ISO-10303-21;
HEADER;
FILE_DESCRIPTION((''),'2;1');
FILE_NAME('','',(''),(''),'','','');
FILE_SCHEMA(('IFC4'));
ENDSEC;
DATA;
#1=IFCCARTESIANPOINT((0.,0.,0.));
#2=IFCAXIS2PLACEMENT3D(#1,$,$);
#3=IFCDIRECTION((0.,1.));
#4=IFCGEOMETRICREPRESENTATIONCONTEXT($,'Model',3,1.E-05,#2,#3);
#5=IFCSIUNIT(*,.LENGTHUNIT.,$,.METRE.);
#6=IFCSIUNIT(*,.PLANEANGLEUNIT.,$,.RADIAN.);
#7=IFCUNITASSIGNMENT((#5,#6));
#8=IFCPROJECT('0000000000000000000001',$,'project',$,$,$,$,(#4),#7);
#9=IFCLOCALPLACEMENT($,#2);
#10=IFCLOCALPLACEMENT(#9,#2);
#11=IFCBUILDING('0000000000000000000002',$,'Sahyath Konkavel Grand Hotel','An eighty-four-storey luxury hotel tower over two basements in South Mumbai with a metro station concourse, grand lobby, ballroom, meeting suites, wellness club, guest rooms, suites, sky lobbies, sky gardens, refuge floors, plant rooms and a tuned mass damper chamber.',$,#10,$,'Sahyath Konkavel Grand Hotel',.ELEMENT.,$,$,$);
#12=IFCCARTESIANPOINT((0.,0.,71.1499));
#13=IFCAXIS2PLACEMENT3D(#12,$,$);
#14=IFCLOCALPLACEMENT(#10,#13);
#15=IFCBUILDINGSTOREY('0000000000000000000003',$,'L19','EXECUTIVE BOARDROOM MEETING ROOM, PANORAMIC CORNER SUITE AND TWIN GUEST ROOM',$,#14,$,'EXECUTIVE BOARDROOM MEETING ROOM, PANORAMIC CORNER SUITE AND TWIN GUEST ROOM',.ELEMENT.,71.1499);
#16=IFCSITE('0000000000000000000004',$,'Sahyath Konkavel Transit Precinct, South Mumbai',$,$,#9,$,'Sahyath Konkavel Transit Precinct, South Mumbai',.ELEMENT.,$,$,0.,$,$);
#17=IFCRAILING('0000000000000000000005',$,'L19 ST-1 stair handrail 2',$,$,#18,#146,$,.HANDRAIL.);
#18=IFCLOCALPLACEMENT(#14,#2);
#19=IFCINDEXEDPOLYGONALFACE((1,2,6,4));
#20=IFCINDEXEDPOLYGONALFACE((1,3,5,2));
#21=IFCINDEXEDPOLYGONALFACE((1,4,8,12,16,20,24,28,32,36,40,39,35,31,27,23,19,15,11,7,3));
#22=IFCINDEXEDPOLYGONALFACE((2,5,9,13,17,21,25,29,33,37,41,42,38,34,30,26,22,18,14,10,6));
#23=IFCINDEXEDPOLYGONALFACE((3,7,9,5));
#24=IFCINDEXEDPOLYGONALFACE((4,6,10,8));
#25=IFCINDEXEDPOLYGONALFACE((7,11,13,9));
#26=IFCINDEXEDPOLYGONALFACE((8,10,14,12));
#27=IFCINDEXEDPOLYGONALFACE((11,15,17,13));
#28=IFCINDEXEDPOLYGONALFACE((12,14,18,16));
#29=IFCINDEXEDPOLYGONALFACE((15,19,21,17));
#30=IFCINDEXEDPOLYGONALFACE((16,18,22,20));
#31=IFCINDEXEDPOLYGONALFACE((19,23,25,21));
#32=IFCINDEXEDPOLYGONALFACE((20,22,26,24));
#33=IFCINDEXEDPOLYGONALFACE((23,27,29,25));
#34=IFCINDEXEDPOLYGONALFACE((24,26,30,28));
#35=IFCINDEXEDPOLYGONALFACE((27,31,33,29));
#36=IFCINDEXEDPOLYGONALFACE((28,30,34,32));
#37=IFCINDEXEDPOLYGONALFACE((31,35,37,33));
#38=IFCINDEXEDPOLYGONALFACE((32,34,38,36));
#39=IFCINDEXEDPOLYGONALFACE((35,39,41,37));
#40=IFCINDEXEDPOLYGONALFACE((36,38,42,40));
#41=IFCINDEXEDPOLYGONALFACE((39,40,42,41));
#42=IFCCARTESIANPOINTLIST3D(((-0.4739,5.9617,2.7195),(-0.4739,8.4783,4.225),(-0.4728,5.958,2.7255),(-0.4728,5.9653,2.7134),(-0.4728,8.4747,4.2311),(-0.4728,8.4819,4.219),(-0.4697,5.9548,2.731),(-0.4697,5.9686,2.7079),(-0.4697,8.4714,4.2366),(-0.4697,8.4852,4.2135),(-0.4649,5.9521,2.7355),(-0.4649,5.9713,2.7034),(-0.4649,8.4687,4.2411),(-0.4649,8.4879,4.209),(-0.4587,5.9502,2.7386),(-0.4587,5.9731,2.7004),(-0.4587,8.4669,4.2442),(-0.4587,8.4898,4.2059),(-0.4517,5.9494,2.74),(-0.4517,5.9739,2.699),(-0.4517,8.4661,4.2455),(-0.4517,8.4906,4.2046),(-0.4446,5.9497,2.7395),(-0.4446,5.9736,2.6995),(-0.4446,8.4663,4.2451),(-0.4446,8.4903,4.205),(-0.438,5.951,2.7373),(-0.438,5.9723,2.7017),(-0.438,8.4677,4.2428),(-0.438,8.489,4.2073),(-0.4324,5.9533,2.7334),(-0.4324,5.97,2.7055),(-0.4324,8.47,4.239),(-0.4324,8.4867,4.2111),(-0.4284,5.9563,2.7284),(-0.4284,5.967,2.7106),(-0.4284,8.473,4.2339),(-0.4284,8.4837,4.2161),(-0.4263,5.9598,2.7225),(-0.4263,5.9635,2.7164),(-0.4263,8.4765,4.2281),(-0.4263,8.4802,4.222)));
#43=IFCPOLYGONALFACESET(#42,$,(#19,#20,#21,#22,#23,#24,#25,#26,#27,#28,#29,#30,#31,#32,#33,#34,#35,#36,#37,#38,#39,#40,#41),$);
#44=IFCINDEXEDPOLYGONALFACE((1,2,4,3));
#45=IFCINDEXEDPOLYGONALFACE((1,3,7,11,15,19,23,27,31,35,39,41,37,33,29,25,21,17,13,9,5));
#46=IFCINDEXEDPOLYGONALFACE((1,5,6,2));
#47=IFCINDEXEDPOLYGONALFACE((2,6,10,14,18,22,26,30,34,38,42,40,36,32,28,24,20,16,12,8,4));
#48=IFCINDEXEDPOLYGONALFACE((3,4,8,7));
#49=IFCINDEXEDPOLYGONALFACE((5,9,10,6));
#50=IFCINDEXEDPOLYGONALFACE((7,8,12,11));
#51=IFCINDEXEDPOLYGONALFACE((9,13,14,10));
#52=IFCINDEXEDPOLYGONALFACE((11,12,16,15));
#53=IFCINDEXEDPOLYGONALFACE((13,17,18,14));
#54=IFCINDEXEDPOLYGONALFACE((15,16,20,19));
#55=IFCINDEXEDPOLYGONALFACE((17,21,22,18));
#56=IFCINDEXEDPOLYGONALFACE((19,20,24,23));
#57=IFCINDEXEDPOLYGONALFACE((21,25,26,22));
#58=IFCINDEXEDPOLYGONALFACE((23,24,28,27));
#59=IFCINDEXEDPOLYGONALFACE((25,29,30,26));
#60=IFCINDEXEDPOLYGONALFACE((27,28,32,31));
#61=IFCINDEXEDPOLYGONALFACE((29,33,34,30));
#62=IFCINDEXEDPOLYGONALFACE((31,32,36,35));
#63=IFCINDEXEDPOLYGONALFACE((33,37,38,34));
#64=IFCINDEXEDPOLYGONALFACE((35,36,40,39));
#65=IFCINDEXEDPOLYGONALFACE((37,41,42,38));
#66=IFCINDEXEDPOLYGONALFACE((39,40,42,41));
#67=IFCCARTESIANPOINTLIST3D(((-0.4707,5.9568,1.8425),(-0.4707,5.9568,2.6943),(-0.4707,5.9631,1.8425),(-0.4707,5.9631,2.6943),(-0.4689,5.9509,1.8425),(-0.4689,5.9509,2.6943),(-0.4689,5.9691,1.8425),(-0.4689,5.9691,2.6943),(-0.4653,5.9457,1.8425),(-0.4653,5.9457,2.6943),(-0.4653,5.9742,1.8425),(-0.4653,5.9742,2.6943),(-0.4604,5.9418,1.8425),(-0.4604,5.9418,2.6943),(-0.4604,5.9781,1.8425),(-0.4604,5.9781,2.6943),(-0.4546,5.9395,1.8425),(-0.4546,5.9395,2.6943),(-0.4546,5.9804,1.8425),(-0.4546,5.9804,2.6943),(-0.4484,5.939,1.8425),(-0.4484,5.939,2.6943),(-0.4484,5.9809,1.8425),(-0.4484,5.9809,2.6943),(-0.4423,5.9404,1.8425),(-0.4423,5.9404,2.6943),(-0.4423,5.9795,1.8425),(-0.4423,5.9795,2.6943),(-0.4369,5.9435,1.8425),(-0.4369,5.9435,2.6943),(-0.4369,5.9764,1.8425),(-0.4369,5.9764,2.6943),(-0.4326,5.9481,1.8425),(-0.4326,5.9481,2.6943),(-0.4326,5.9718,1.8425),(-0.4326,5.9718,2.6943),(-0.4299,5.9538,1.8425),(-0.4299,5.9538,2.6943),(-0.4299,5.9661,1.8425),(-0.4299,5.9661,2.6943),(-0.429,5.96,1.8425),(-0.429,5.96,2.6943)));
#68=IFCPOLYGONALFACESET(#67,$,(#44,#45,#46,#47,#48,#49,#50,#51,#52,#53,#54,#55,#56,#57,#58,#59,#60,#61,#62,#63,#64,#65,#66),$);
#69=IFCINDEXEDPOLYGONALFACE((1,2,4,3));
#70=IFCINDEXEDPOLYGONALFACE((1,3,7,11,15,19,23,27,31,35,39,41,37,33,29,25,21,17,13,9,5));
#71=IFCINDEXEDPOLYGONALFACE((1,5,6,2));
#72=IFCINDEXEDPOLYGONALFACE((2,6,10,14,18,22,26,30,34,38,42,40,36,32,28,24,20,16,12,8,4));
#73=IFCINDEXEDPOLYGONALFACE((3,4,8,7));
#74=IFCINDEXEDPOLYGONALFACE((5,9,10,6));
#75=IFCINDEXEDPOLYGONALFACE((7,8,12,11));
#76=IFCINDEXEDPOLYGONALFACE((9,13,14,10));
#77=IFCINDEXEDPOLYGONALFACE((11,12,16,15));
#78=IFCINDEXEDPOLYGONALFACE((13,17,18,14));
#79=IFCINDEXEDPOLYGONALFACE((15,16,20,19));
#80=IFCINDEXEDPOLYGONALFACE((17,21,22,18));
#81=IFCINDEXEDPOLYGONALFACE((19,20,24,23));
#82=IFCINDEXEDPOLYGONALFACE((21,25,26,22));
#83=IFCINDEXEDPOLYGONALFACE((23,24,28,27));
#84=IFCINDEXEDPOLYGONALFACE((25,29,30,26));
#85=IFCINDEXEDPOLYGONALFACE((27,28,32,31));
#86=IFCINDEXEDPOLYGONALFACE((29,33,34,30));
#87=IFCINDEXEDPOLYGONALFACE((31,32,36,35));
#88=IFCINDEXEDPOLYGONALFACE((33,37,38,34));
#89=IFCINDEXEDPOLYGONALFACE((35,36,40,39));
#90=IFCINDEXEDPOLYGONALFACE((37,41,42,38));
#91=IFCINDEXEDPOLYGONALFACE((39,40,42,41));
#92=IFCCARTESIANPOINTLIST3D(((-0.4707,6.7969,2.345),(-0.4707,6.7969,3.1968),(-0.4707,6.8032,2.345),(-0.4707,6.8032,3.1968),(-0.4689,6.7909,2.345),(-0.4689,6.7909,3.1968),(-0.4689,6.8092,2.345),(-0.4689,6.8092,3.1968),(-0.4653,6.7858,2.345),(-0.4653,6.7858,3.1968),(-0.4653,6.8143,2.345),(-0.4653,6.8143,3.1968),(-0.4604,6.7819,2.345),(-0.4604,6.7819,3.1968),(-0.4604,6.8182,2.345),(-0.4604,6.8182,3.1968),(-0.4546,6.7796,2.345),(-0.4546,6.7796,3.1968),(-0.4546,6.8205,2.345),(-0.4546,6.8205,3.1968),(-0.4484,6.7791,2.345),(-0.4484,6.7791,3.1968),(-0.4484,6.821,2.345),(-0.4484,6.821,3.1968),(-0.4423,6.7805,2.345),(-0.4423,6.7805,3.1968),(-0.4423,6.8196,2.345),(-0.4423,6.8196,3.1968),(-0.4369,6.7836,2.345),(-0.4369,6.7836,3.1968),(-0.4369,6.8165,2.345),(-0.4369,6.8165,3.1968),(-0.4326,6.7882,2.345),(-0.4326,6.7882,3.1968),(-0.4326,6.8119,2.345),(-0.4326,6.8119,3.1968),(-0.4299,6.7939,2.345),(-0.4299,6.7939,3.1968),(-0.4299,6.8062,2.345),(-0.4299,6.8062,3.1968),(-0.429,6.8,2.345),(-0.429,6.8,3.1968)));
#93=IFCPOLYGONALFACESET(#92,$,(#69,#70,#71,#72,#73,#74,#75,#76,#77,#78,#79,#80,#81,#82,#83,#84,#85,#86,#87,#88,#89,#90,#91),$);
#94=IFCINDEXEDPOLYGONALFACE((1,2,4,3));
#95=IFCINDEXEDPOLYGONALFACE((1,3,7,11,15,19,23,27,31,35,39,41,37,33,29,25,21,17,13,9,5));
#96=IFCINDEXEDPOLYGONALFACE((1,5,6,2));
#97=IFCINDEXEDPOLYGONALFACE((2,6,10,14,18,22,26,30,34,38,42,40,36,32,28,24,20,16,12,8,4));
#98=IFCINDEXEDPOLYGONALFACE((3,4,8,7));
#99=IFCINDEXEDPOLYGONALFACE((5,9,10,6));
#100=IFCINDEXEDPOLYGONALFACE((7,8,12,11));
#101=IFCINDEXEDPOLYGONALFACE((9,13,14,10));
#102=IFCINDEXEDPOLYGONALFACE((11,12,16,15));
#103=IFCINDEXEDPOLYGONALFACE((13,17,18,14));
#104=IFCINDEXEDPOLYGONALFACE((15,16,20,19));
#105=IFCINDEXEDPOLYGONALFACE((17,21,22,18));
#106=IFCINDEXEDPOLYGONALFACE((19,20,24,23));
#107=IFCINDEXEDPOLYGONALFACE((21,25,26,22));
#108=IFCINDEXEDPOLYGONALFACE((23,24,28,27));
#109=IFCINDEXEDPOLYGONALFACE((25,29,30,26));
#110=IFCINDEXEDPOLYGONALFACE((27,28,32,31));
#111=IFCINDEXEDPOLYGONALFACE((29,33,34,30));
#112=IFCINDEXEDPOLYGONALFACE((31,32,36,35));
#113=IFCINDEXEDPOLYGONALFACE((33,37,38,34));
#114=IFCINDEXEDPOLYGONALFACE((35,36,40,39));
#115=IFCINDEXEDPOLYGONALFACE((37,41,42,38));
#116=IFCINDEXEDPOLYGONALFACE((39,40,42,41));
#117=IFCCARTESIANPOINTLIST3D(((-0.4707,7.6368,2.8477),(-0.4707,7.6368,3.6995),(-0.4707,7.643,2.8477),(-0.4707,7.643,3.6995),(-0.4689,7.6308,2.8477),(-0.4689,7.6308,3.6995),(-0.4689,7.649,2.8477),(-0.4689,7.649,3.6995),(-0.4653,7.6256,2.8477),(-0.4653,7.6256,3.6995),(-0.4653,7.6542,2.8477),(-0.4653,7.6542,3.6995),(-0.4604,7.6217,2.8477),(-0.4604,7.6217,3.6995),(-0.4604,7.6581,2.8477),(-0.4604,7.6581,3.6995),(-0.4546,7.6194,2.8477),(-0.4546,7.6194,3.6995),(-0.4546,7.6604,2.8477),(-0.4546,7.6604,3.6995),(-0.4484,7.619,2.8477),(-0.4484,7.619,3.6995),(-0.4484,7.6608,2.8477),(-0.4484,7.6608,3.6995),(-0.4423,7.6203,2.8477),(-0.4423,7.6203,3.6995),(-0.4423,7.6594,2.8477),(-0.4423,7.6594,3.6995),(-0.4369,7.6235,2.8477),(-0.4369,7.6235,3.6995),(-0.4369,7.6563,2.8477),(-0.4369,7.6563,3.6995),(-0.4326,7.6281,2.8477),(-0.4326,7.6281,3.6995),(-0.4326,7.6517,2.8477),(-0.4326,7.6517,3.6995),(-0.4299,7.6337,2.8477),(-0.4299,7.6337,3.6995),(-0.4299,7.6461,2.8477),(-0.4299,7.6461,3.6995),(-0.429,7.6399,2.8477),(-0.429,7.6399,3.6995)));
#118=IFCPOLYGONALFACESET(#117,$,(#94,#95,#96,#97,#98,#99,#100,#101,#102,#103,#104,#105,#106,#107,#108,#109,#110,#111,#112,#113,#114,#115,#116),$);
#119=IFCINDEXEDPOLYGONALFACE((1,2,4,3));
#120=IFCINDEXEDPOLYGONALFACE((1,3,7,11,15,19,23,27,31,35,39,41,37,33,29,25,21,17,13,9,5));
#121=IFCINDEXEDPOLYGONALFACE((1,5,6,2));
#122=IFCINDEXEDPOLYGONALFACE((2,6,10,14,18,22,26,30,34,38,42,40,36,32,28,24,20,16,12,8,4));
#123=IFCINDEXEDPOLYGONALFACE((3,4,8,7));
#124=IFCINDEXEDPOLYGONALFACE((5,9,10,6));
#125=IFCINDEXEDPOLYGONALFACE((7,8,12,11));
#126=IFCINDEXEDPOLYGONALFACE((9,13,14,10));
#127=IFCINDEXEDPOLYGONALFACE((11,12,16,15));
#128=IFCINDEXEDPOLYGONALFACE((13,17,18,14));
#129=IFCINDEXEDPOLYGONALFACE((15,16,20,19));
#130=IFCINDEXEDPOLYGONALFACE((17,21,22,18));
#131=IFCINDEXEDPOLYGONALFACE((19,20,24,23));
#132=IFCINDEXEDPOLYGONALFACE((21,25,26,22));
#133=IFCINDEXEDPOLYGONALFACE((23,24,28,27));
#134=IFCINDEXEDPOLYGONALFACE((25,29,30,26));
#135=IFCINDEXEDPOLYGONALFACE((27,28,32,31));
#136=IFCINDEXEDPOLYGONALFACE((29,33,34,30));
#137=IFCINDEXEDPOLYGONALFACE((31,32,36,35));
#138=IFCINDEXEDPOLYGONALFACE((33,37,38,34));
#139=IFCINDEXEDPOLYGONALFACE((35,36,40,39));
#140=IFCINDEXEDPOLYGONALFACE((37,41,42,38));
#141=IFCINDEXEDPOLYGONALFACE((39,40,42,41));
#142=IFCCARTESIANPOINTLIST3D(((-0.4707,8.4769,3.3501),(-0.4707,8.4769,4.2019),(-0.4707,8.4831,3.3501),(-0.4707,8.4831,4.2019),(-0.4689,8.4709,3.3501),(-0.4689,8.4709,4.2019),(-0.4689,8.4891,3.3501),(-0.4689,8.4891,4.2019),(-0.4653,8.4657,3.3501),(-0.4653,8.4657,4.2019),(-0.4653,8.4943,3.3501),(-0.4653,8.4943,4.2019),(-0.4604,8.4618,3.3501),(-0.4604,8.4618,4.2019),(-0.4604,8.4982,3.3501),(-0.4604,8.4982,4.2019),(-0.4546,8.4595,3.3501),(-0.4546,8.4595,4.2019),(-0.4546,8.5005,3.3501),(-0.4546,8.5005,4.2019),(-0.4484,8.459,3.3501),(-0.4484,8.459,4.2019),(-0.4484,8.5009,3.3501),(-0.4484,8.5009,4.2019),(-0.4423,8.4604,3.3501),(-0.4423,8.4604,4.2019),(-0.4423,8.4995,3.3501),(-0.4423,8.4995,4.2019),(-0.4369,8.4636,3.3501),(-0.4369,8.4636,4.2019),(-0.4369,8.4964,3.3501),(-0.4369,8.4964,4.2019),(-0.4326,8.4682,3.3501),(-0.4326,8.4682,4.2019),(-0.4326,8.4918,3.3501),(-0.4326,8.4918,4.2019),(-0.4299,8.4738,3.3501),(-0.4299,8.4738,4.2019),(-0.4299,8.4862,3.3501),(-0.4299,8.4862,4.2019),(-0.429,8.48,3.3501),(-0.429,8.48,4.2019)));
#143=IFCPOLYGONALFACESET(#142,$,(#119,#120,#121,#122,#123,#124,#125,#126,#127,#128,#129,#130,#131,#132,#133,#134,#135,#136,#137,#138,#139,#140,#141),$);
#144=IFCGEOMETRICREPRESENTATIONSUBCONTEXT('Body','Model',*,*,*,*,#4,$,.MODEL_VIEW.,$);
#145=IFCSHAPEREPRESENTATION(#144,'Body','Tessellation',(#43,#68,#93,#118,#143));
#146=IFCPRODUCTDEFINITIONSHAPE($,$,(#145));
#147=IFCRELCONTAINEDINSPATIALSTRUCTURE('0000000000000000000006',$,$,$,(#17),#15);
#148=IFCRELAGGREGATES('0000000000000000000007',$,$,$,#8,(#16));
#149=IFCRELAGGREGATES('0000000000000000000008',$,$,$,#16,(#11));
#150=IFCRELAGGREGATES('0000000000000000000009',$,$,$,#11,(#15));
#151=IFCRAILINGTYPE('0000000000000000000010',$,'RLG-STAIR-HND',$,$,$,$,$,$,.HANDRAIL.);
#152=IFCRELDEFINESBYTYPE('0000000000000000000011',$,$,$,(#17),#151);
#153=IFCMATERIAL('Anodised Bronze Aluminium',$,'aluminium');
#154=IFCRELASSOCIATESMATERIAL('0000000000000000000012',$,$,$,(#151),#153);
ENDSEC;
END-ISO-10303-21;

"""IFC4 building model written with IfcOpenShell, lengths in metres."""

from ifc_helpers import new_model, si_unit, direction, frame, origin, origin_2d, place, context, subcontext, project, spatial, circle, extrude, material, type_object, element, save


model = new_model("IFC4")

# Units and contexts
model_context = context("Model", 3, precision=1e-05, world=origin(), true_north=direction((0.0, 1.0)))
body_context = subcontext(model_context, "Body", "Model", "MODEL_VIEW")
ifc_project = project(units=[si_unit("LENGTHUNIT", "METRE"), si_unit("PLANEANGLEUNIT", "RADIAN")], contexts=[model_context])

# Site, building, storey
site_placement = place(None, origin())
site = spatial("IfcSite", under=ifc_project, at=site_placement, Name="Sahyath Konkavel Transit Precinct, South Mumbai", LongName="Sahyath Konkavel Transit Precinct, South Mumbai", CompositionType="ELEMENT", RefElevation=0.0)
building_placement = place(site_placement, origin())
building = spatial("IfcBuilding", under=site, at=building_placement, Name="Sahyath Konkavel Grand Hotel", Description="An eighty-four-storey luxury hotel tower over two basements in South Mumbai with a metro station concourse, grand lobby, ballroom, meeting suites, wellness club, guest rooms, suites, sky lobbies, sky gardens, refuge floors, plant rooms and a tuned mass damper chamber.", LongName="Sahyath Konkavel Grand Hotel", CompositionType="ELEMENT")
storey_placement = place(building_placement, frame((0.0, 0.0, 71.1499)))
storey = spatial("IfcBuildingStorey", under=building, at=storey_placement, Name="L19", Description="EXECUTIVE BOARDROOM MEETING ROOM, PANORAMIC CORNER SUITE AND TWIN GUEST ROOM", LongName="EXECUTIVE BOARDROOM MEETING ROOM, PANORAMIC CORNER SUITE AND TWIN GUEST ROOM", CompositionType="ELEMENT", Elevation=71.1499)

# Shared definitions
ifc_material_1 = material(Name="Anodised Bronze Aluminium", Category="aluminium")

# Railing
railing_type_1 = type_object("IfcRailingType", Name="RLG-STAIR-HND", PredefinedType="HANDRAIL", material=ifc_material_1)
railing_1_placement = place(storey_placement, frame((-0.45, 5.96, 1.8425)))
element("IfcRailing", 1, at=railing_1_placement, inside=storey, type_object=railing_type_1, Name="L19 ST-1 stair handrail 2", PredefinedType="HANDRAIL", context=body_context, shape_type="SweptSolid", body=[
    extrude(circle(Radius=0.0239, at=origin_2d()), frame((0.0, 0.0017, 0.877), z_axis=(0.0, 0.85816, 0.513383), x_axis=(-1.0, 0.0, 0.0)), (0.0, 0.0, 1.0), 2.9326),
    extrude(circle(Radius=0.021, at=origin_2d()), origin(), (0.0, 0.0, 1.0), 0.8518),
    extrude(circle(Radius=0.021, at=origin_2d()), frame((0.0, 0.8401, 0.5024)), (0.0, 0.0, 1.0), 0.8518),
    extrude(circle(Radius=0.021, at=origin_2d()), frame((0.0, 1.6799, 1.0051)), (0.0, 0.0, 1.0), 0.8518),
    extrude(circle(Radius=0.021, at=origin_2d()), frame((0.0, 2.52, 1.5076)), (0.0, 0.0, 1.0), 0.8518),
])

save(model, "model.ifc")
